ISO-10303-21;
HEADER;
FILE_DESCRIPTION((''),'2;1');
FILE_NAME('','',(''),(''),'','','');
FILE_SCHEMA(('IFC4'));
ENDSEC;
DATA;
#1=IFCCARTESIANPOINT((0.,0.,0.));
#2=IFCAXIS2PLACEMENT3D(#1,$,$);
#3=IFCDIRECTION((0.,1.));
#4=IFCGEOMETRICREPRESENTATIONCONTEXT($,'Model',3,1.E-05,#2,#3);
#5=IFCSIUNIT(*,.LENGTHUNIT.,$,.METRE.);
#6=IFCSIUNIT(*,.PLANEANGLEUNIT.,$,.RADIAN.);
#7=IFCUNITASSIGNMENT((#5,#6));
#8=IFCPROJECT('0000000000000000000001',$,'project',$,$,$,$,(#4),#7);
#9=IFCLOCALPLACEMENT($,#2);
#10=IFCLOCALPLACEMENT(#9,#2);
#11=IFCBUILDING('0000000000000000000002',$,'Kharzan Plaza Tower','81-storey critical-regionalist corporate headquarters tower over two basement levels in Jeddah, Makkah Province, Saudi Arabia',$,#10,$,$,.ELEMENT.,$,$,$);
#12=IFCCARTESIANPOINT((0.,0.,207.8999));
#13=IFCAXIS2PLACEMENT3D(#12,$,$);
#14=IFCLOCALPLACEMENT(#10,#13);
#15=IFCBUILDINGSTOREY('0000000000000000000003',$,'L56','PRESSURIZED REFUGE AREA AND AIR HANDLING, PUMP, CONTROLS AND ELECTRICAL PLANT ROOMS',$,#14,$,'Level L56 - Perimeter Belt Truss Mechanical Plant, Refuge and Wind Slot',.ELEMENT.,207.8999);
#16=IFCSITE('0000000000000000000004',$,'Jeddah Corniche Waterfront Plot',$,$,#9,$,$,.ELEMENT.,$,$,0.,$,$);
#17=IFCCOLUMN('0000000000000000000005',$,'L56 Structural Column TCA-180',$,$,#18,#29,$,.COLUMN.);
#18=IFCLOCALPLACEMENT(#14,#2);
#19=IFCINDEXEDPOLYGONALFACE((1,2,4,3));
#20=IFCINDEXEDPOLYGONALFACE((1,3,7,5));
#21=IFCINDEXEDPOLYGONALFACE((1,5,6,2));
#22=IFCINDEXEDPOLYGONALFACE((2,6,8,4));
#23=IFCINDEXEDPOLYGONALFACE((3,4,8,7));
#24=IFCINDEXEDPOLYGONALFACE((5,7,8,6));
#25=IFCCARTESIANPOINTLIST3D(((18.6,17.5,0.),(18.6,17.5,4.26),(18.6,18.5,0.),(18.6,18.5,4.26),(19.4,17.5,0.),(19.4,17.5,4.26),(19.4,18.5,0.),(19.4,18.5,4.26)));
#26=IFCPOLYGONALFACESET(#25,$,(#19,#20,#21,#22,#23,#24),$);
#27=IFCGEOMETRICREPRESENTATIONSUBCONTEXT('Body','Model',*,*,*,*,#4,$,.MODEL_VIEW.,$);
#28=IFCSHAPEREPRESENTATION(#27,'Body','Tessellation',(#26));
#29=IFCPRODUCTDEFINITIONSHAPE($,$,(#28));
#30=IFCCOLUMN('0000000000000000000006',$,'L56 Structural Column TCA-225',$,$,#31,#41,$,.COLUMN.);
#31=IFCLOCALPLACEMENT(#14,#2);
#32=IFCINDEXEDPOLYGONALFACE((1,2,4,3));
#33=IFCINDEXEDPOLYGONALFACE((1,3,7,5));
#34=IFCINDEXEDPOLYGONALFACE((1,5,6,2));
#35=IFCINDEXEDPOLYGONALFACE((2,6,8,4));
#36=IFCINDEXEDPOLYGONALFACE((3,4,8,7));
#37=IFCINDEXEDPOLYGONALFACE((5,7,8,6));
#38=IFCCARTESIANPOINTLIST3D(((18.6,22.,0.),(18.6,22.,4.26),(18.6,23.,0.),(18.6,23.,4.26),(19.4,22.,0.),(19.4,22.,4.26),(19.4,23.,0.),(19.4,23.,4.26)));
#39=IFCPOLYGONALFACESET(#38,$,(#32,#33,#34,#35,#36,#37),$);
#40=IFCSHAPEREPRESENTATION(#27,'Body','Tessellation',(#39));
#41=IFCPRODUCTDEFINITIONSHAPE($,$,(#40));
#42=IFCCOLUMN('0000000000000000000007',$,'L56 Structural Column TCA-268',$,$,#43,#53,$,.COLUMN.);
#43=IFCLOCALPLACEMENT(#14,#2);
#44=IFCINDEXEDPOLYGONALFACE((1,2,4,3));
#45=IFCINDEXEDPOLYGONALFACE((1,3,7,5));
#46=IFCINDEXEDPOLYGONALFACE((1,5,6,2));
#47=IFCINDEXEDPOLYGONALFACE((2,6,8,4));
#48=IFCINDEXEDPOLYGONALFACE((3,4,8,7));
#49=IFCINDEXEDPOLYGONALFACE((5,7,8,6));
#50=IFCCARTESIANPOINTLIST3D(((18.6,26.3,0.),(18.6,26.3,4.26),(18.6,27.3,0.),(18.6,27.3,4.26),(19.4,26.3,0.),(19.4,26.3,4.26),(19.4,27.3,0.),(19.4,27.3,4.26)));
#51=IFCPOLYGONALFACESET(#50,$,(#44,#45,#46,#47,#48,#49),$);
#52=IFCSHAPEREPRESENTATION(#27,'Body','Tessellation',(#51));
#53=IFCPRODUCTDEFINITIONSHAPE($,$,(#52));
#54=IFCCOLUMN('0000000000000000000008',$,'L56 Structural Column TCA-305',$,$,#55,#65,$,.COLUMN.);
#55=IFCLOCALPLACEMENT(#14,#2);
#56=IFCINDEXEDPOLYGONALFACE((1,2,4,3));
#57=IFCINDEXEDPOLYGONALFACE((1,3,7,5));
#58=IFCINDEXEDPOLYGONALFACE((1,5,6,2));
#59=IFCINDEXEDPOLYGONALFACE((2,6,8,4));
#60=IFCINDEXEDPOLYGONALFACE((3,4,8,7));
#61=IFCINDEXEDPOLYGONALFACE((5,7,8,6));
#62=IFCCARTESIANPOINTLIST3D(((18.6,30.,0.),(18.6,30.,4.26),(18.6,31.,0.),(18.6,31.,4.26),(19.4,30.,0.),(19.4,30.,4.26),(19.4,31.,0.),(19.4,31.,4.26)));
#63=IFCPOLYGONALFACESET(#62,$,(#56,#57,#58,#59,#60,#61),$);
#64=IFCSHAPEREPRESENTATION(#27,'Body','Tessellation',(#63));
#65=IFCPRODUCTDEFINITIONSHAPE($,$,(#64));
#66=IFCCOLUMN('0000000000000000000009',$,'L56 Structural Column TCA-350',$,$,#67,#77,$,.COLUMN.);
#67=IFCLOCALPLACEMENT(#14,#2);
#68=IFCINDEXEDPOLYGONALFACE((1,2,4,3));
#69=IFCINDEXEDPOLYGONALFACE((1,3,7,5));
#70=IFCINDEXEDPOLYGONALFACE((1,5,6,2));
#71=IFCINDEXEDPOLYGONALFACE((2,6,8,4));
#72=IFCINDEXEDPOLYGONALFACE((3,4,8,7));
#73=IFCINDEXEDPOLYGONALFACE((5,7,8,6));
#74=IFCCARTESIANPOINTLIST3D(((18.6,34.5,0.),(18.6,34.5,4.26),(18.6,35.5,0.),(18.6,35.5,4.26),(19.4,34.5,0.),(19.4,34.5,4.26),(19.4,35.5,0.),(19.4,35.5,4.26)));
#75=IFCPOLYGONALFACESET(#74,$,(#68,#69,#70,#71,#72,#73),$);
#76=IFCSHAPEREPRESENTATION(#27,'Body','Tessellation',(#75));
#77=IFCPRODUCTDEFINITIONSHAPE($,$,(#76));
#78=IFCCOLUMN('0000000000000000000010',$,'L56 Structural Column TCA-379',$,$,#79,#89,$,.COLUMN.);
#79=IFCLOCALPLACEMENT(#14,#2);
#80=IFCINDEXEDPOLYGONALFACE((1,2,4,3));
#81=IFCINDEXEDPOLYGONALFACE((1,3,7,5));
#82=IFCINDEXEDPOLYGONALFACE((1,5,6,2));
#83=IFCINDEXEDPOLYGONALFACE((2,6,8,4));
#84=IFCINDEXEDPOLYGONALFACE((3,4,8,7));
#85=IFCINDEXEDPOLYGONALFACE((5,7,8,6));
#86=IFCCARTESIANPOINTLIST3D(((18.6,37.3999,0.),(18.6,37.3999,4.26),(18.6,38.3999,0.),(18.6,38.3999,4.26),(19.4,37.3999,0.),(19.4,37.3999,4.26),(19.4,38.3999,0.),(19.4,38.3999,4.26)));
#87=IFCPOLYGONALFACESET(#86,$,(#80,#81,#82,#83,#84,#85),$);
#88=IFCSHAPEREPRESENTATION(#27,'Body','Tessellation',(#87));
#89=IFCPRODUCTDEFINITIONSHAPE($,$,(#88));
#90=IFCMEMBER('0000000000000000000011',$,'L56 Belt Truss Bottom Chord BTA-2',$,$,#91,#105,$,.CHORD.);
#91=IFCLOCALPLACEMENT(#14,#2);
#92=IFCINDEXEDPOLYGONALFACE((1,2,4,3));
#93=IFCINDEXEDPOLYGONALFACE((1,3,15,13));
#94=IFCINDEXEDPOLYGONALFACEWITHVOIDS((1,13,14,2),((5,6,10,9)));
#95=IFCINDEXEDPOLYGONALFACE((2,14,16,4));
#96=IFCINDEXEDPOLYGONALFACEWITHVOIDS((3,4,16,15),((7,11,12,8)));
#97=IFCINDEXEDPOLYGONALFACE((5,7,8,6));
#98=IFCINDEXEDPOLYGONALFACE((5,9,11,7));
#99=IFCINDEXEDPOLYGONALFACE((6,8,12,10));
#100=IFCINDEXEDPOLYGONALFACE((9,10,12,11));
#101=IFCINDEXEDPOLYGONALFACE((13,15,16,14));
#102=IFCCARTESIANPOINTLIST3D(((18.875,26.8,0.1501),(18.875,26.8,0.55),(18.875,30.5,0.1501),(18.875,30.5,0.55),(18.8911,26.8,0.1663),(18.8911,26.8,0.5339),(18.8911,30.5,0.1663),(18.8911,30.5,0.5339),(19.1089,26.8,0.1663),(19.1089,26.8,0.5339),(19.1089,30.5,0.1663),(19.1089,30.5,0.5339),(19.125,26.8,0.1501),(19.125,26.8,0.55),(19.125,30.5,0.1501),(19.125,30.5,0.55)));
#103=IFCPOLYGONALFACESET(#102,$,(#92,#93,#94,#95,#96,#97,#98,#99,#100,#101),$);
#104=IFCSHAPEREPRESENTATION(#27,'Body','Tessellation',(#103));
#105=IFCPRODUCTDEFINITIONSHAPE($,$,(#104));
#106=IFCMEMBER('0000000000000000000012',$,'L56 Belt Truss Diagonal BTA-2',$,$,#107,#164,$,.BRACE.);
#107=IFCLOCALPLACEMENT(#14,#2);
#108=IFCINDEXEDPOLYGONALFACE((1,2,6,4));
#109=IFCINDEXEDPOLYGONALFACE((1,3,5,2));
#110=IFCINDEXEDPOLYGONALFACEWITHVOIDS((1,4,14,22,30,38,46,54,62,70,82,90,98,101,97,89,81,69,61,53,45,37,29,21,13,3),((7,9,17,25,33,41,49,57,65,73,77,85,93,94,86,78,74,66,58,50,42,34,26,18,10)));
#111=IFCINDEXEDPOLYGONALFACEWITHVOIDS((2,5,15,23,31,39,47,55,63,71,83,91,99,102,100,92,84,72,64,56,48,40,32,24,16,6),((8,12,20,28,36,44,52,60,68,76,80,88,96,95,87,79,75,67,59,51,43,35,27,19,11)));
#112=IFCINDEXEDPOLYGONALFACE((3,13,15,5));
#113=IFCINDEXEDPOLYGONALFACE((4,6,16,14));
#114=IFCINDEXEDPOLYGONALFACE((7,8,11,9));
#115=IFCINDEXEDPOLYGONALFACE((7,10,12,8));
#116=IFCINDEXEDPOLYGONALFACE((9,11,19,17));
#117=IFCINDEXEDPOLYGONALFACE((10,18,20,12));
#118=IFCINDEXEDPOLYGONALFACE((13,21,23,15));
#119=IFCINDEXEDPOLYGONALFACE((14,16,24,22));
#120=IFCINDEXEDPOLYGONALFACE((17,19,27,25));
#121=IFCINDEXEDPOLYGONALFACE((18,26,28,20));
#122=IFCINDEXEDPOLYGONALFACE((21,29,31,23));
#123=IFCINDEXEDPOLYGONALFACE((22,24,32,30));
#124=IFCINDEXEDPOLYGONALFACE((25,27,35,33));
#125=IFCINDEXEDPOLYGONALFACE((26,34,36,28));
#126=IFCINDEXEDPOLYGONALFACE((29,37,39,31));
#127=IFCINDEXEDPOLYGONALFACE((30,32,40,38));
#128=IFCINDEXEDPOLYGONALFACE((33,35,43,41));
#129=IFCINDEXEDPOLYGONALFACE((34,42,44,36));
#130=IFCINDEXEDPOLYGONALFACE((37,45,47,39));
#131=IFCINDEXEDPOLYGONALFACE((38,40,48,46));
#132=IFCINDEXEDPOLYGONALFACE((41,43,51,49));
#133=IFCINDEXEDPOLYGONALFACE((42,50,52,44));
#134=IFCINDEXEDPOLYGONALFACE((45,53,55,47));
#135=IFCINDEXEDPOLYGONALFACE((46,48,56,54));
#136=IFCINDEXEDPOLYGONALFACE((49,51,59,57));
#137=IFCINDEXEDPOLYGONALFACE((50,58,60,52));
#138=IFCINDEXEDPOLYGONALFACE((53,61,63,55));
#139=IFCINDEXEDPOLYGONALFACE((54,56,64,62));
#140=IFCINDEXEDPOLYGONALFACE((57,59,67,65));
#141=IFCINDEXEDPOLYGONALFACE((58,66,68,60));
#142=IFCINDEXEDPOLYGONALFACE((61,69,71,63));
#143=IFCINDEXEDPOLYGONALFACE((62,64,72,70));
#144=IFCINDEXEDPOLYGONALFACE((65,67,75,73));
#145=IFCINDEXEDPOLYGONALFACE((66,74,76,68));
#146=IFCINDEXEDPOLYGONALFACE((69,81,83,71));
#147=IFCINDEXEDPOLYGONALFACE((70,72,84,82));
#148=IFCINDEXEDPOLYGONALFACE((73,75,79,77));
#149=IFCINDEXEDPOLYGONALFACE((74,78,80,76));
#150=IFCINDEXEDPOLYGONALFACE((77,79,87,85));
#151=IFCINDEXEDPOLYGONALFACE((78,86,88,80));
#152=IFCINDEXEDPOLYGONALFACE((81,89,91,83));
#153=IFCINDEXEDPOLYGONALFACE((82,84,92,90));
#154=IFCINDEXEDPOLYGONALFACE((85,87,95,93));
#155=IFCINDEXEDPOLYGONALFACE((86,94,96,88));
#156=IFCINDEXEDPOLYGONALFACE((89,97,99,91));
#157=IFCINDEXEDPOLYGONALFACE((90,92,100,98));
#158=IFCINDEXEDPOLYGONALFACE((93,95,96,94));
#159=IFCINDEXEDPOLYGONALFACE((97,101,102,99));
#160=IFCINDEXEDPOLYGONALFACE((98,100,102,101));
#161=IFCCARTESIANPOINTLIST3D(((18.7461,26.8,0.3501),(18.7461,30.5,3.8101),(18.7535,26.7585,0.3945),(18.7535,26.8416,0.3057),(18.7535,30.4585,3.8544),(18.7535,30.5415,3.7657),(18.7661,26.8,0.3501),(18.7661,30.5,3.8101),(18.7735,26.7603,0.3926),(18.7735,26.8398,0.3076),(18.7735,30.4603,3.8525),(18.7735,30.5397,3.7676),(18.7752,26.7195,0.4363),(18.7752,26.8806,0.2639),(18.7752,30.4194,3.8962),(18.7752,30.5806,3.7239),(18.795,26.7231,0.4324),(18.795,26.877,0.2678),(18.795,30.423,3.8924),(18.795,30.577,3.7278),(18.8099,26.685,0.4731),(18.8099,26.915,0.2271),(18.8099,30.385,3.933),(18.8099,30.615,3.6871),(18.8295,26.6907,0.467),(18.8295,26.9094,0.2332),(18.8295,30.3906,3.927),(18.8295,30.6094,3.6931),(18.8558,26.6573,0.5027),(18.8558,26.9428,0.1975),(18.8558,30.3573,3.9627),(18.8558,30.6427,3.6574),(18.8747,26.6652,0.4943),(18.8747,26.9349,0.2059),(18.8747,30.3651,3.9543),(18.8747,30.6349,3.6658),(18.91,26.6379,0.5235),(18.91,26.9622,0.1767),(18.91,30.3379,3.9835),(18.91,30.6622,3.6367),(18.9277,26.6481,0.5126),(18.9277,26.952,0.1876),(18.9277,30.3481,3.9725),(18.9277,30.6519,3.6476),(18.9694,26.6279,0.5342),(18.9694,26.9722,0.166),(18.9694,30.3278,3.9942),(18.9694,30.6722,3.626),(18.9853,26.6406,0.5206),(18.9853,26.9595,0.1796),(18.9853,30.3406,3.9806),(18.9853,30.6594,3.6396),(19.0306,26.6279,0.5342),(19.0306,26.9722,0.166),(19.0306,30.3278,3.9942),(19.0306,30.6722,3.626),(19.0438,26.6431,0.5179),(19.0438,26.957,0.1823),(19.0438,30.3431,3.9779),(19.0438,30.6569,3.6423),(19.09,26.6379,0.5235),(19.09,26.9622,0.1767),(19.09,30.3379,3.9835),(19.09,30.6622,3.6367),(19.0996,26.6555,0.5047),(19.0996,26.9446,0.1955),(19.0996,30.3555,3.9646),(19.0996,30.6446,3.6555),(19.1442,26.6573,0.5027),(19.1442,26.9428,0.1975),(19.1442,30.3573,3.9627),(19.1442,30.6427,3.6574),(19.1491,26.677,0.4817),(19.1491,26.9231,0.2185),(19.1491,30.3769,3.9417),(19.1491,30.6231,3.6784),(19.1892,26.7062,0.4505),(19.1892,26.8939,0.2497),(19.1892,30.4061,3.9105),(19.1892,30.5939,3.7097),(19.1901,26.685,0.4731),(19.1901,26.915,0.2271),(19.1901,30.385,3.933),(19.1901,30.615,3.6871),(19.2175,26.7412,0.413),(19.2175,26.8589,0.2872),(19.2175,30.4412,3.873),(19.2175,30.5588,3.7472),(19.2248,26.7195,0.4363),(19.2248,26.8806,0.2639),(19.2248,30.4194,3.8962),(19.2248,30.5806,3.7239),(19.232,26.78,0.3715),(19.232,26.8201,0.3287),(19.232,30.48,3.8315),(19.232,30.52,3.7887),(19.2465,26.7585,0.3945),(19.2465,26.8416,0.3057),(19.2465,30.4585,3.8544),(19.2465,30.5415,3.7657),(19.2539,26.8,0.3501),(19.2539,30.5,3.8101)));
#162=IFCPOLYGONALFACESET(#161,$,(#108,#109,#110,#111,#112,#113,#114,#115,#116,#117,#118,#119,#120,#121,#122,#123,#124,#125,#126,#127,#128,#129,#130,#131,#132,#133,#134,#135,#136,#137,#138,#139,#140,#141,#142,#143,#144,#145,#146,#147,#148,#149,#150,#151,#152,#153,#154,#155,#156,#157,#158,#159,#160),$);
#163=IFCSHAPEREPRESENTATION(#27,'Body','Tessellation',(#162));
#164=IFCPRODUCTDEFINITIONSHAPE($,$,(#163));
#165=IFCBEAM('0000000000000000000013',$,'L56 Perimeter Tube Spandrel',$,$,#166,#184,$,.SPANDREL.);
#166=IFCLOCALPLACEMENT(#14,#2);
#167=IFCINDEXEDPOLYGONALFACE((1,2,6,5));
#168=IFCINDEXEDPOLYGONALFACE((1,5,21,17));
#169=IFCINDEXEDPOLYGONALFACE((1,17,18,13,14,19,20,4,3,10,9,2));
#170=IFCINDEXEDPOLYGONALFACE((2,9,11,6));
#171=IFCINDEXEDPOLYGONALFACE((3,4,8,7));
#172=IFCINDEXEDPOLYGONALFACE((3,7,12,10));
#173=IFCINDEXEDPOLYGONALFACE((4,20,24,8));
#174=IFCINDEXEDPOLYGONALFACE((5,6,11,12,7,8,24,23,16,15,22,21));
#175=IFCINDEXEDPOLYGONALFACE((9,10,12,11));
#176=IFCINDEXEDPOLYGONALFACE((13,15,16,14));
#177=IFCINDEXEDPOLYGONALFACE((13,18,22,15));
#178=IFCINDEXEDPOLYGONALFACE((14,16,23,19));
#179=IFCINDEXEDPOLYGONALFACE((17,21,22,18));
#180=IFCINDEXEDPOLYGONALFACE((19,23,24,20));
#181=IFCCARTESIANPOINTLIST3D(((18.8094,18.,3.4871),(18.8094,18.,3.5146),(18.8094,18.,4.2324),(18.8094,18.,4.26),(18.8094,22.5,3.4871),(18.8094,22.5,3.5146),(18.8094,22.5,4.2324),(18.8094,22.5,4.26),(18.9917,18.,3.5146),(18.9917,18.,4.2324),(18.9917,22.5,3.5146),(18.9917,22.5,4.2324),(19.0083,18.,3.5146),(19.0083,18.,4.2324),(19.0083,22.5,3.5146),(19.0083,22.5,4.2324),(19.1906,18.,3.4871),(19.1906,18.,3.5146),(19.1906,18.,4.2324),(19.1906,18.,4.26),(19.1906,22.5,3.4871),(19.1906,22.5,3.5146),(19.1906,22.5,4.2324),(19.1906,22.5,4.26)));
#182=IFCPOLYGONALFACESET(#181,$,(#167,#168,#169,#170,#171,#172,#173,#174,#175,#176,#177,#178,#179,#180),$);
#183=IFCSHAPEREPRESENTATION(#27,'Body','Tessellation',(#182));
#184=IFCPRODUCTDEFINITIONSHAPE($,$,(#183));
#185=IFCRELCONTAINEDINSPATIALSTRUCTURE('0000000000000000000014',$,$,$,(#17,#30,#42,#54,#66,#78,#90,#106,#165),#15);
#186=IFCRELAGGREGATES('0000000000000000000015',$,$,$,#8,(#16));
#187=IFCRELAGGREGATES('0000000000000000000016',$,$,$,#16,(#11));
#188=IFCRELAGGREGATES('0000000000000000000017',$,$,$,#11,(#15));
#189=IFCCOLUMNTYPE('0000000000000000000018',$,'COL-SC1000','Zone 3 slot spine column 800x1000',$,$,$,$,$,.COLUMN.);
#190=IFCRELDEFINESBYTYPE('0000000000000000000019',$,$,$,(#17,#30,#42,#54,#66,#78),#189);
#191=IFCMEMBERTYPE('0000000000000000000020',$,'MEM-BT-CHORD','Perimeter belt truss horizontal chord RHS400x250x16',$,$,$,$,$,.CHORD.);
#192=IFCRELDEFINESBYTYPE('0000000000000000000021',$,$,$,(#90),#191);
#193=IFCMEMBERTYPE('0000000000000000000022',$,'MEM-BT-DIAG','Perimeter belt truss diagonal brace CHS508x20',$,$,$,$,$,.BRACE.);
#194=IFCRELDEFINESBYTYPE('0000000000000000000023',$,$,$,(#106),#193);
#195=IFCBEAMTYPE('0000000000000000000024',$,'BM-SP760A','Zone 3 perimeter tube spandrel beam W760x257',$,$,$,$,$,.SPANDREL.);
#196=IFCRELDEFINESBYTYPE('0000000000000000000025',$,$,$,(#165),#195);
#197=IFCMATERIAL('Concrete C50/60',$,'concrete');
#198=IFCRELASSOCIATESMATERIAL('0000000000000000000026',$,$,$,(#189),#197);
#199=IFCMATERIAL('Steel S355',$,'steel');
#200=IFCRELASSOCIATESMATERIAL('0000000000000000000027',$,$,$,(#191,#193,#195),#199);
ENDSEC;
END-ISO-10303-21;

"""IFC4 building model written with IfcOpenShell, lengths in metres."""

from ifc_helpers import new_model, si_unit, direction, frame, origin, origin_2d, place, context, subcontext, project, spatial, rectangle, hollow_rectangle, hollow_circle, i_section, extrude, source, transform, mapped, material, material_profile, profile_set, type_object, element, save


model = new_model("IFC4")

# Units and contexts
model_context = context("Model", 3, precision=1e-05, world=origin(), true_north=direction((0.0, 1.0)))
body_context = subcontext(model_context, "Body", "Model", "MODEL_VIEW")
ifc_project = project(units=[si_unit("LENGTHUNIT", "METRE"), si_unit("PLANEANGLEUNIT", "RADIAN")], contexts=[model_context])

# Site, building, storey
site_placement = place(None, origin())
site = spatial("IfcSite", under=ifc_project, at=site_placement, Name="Jeddah Corniche Waterfront Plot", CompositionType="ELEMENT", RefElevation=0.0)
building_placement = place(site_placement, origin())
building = spatial("IfcBuilding", under=site, at=building_placement, Name="Kharzan Plaza Tower", Description="81-storey critical-regionalist corporate headquarters tower over two basement levels in Jeddah, Makkah Province, Saudi Arabia", CompositionType="ELEMENT")
storey_placement = place(building_placement, frame((0.0, 0.0, 207.8999)))
storey = spatial("IfcBuildingStorey", under=building, at=storey_placement, Name="L56", Description="PRESSURIZED REFUGE AREA AND AIR HANDLING, PUMP, CONTROLS AND ELECTRICAL PLANT ROOMS", LongName="Level L56 - Perimeter Belt Truss Mechanical Plant, Refuge and Wind Slot", CompositionType="ELEMENT", Elevation=207.8999)

# Columns
ifc_material_1 = material(Name="Concrete C50/60", Category="concrete")
ifc_material_profile_1 = material_profile(ifc_material_1, rectangle(XDim=0.8, YDim=1.0, at=origin_2d()), Name="RC-SC1000x800")
ifc_profile_set_1 = profile_set([ifc_material_profile_1], Name="Concrete C50/60")
column_type = type_object("IfcColumnType", Name="COL-SC1000", Description="Zone 3 slot spine column 800x1000", PredefinedType="COLUMN", material=ifc_profile_set_1)
shared_shape_1 = source(origin(), body_context, "Body", "SweptSolid", [
    extrude(rectangle(XDim=0.8, YDim=1.0, at=origin_2d()), origin(), (0.0, 0.0, 1.0), 4.26),
])
for number, where, z_axis, x_axis, name in (
    (1, (19.0, 18.0, 0.0), (0.0, 0.0, 1.0), (1.0, 0.0, 0.0), "L56 Structural Column TCA-180"),
    (2, (19.0, 22.5, 0.0), (0.0, 0.0, 1.0), (1.0, 0.0, 0.0), "L56 Structural Column TCA-225"),
    (3, (19.0, 26.8, 0.0), (0.0, 0.0, 1.0), (1.0, 0.0, 0.0), "L56 Structural Column TCA-268"),
    (4, (19.0, 30.5, 0.0), (0.0, 0.0, 1.0), (1.0, 0.0, 0.0), "L56 Structural Column TCA-305"),
    (5, (19.0, 35.0, 0.0), (0.0, 0.0, 1.0), (1.0, 0.0, 0.0), "L56 Structural Column TCA-350"),
    (6, (19.0, 37.8999, 0.0), (0.0, 0.0, 1.0), (1.0, 0.0, 0.0), "L56 Structural Column TCA-379"),
):
    element("IfcColumn", number, at=place(storey_placement, frame(where, z_axis=z_axis, x_axis=x_axis)), inside=storey, type_object=column_type, Name=name, PredefinedType="COLUMN", context=body_context, shape_type="MappedRepresentation", body=[
        mapped(shared_shape_1, transform((0.0, 0.0, 0.0), x_axis=(1.0, 0.0, 0.0), y_axis=(0.0, 1.0, 0.0), z_axis=(0.0, 0.0, 1.0))),
    ])

# Members
ifc_material_2 = material(Name="Steel S355", Category="steel")
ifc_material_profile_2 = material_profile(ifc_material_2, hollow_rectangle(XDim=0.25, YDim=0.3999, WallThickness=0.0161, at=origin_2d()), Name="RHS400x250x16")
ifc_profile_set_2 = profile_set([ifc_material_profile_2], Name="Steel S355")
member_type_1 = type_object("IfcMemberType", Name="MEM-BT-CHORD", Description="Perimeter belt truss horizontal chord RHS400x250x16", PredefinedType="CHORD", material=ifc_profile_set_2)
shared_shape_2 = source(origin(), body_context, "Body", "SweptSolid", [
    extrude(hollow_rectangle(XDim=0.25, YDim=0.3999, WallThickness=0.0161, at=origin_2d()), origin(), (0.0, 0.0, 1.0), 3.7),
])
member_1_placement = place(storey_placement, frame((19.0, 26.8, 0.3501), z_axis=(0.0, 1.0, 0.0), x_axis=(-1.0, 0.0, 0.0)))
element("IfcMember", 7, at=member_1_placement, inside=storey, type_object=member_type_1, Name="L56 Belt Truss Bottom Chord BTA-2", PredefinedType="CHORD", context=body_context, shape_type="MappedRepresentation", body=[
    mapped(shared_shape_2, transform((0.0, 0.0, 0.0), x_axis=(1.0, 0.0, 0.0), y_axis=(0.0, 1.0, 0.0), z_axis=(0.0, 0.0, 1.0))),
])
ifc_material_profile_3 = material_profile(ifc_material_2, hollow_circle(Radius=0.2539, WallThickness=0.02, at=origin_2d()), Name="CHS508x20")
ifc_profile_set_3 = profile_set([ifc_material_profile_3], Name="Steel S355")
member_type_2 = type_object("IfcMemberType", Name="MEM-BT-DIAG", Description="Perimeter belt truss diagonal brace CHS508x20", PredefinedType="BRACE", material=ifc_profile_set_3)
shared_shape_3 = source(origin(), body_context, "Body", "SweptSolid", [
    extrude(hollow_circle(Radius=0.2539, WallThickness=0.02, at=origin_2d()), origin(), (0.0, 0.0, 1.0), 5.0657),
])
member_2_placement = place(storey_placement, frame((19.0, 26.8, 0.3501), z_axis=(0.0, 0.730398, 0.683022), x_axis=(-1.0, 0.0, 0.0)))
element("IfcMember", 8, at=member_2_placement, inside=storey, type_object=member_type_2, Name="L56 Belt Truss Diagonal BTA-2", PredefinedType="BRACE", context=body_context, shape_type="MappedRepresentation", body=[
    mapped(shared_shape_3, transform((0.0, 0.0, 0.0), x_axis=(1.0, 0.0, 0.0), y_axis=(0.0, 1.0, 0.0), z_axis=(0.0, 0.0, 1.0))),
])

# Beam
ifc_material_profile_4 = material_profile(ifc_material_2, i_section(OverallWidth=0.3811, OverallDepth=0.7729, WebThickness=0.0166, FlangeThickness=0.0276, at=origin_2d()), Name="W760x257")
ifc_profile_set_4 = profile_set([ifc_material_profile_4], Name="Steel S355")
beam_type = type_object("IfcBeamType", Name="BM-SP760A", Description="Zone 3 perimeter tube spandrel beam W760x257", PredefinedType="SPANDREL", material=ifc_profile_set_4)
shared_shape_4 = source(origin(), body_context, "Body", "SweptSolid", [
    extrude(i_section(OverallWidth=0.3811, OverallDepth=0.7729, WebThickness=0.0166, FlangeThickness=0.0276, at=origin_2d()), origin(), (0.0, 0.0, 1.0), 4.5),
])
for number, where, z_axis, x_axis, name in (
    (9, (19.0, 18.0, 3.8735), (0.0, 1.0, 0.0), (-1.0, 0.0, 0.0), "L56 Perimeter Tube Spandrel"),
):
    element("IfcBeam", number, at=place(storey_placement, frame(where, z_axis=z_axis, x_axis=x_axis)), inside=storey, type_object=beam_type, Name=name, PredefinedType="SPANDREL", context=body_context, shape_type="MappedRepresentation", body=[
        mapped(shared_shape_4, transform((0.0, 0.0, 0.0), x_axis=(1.0, 0.0, 0.0), y_axis=(0.0, 1.0, 0.0), z_axis=(0.0, 0.0, 1.0))),
    ])

save(model, "model.ifc")
